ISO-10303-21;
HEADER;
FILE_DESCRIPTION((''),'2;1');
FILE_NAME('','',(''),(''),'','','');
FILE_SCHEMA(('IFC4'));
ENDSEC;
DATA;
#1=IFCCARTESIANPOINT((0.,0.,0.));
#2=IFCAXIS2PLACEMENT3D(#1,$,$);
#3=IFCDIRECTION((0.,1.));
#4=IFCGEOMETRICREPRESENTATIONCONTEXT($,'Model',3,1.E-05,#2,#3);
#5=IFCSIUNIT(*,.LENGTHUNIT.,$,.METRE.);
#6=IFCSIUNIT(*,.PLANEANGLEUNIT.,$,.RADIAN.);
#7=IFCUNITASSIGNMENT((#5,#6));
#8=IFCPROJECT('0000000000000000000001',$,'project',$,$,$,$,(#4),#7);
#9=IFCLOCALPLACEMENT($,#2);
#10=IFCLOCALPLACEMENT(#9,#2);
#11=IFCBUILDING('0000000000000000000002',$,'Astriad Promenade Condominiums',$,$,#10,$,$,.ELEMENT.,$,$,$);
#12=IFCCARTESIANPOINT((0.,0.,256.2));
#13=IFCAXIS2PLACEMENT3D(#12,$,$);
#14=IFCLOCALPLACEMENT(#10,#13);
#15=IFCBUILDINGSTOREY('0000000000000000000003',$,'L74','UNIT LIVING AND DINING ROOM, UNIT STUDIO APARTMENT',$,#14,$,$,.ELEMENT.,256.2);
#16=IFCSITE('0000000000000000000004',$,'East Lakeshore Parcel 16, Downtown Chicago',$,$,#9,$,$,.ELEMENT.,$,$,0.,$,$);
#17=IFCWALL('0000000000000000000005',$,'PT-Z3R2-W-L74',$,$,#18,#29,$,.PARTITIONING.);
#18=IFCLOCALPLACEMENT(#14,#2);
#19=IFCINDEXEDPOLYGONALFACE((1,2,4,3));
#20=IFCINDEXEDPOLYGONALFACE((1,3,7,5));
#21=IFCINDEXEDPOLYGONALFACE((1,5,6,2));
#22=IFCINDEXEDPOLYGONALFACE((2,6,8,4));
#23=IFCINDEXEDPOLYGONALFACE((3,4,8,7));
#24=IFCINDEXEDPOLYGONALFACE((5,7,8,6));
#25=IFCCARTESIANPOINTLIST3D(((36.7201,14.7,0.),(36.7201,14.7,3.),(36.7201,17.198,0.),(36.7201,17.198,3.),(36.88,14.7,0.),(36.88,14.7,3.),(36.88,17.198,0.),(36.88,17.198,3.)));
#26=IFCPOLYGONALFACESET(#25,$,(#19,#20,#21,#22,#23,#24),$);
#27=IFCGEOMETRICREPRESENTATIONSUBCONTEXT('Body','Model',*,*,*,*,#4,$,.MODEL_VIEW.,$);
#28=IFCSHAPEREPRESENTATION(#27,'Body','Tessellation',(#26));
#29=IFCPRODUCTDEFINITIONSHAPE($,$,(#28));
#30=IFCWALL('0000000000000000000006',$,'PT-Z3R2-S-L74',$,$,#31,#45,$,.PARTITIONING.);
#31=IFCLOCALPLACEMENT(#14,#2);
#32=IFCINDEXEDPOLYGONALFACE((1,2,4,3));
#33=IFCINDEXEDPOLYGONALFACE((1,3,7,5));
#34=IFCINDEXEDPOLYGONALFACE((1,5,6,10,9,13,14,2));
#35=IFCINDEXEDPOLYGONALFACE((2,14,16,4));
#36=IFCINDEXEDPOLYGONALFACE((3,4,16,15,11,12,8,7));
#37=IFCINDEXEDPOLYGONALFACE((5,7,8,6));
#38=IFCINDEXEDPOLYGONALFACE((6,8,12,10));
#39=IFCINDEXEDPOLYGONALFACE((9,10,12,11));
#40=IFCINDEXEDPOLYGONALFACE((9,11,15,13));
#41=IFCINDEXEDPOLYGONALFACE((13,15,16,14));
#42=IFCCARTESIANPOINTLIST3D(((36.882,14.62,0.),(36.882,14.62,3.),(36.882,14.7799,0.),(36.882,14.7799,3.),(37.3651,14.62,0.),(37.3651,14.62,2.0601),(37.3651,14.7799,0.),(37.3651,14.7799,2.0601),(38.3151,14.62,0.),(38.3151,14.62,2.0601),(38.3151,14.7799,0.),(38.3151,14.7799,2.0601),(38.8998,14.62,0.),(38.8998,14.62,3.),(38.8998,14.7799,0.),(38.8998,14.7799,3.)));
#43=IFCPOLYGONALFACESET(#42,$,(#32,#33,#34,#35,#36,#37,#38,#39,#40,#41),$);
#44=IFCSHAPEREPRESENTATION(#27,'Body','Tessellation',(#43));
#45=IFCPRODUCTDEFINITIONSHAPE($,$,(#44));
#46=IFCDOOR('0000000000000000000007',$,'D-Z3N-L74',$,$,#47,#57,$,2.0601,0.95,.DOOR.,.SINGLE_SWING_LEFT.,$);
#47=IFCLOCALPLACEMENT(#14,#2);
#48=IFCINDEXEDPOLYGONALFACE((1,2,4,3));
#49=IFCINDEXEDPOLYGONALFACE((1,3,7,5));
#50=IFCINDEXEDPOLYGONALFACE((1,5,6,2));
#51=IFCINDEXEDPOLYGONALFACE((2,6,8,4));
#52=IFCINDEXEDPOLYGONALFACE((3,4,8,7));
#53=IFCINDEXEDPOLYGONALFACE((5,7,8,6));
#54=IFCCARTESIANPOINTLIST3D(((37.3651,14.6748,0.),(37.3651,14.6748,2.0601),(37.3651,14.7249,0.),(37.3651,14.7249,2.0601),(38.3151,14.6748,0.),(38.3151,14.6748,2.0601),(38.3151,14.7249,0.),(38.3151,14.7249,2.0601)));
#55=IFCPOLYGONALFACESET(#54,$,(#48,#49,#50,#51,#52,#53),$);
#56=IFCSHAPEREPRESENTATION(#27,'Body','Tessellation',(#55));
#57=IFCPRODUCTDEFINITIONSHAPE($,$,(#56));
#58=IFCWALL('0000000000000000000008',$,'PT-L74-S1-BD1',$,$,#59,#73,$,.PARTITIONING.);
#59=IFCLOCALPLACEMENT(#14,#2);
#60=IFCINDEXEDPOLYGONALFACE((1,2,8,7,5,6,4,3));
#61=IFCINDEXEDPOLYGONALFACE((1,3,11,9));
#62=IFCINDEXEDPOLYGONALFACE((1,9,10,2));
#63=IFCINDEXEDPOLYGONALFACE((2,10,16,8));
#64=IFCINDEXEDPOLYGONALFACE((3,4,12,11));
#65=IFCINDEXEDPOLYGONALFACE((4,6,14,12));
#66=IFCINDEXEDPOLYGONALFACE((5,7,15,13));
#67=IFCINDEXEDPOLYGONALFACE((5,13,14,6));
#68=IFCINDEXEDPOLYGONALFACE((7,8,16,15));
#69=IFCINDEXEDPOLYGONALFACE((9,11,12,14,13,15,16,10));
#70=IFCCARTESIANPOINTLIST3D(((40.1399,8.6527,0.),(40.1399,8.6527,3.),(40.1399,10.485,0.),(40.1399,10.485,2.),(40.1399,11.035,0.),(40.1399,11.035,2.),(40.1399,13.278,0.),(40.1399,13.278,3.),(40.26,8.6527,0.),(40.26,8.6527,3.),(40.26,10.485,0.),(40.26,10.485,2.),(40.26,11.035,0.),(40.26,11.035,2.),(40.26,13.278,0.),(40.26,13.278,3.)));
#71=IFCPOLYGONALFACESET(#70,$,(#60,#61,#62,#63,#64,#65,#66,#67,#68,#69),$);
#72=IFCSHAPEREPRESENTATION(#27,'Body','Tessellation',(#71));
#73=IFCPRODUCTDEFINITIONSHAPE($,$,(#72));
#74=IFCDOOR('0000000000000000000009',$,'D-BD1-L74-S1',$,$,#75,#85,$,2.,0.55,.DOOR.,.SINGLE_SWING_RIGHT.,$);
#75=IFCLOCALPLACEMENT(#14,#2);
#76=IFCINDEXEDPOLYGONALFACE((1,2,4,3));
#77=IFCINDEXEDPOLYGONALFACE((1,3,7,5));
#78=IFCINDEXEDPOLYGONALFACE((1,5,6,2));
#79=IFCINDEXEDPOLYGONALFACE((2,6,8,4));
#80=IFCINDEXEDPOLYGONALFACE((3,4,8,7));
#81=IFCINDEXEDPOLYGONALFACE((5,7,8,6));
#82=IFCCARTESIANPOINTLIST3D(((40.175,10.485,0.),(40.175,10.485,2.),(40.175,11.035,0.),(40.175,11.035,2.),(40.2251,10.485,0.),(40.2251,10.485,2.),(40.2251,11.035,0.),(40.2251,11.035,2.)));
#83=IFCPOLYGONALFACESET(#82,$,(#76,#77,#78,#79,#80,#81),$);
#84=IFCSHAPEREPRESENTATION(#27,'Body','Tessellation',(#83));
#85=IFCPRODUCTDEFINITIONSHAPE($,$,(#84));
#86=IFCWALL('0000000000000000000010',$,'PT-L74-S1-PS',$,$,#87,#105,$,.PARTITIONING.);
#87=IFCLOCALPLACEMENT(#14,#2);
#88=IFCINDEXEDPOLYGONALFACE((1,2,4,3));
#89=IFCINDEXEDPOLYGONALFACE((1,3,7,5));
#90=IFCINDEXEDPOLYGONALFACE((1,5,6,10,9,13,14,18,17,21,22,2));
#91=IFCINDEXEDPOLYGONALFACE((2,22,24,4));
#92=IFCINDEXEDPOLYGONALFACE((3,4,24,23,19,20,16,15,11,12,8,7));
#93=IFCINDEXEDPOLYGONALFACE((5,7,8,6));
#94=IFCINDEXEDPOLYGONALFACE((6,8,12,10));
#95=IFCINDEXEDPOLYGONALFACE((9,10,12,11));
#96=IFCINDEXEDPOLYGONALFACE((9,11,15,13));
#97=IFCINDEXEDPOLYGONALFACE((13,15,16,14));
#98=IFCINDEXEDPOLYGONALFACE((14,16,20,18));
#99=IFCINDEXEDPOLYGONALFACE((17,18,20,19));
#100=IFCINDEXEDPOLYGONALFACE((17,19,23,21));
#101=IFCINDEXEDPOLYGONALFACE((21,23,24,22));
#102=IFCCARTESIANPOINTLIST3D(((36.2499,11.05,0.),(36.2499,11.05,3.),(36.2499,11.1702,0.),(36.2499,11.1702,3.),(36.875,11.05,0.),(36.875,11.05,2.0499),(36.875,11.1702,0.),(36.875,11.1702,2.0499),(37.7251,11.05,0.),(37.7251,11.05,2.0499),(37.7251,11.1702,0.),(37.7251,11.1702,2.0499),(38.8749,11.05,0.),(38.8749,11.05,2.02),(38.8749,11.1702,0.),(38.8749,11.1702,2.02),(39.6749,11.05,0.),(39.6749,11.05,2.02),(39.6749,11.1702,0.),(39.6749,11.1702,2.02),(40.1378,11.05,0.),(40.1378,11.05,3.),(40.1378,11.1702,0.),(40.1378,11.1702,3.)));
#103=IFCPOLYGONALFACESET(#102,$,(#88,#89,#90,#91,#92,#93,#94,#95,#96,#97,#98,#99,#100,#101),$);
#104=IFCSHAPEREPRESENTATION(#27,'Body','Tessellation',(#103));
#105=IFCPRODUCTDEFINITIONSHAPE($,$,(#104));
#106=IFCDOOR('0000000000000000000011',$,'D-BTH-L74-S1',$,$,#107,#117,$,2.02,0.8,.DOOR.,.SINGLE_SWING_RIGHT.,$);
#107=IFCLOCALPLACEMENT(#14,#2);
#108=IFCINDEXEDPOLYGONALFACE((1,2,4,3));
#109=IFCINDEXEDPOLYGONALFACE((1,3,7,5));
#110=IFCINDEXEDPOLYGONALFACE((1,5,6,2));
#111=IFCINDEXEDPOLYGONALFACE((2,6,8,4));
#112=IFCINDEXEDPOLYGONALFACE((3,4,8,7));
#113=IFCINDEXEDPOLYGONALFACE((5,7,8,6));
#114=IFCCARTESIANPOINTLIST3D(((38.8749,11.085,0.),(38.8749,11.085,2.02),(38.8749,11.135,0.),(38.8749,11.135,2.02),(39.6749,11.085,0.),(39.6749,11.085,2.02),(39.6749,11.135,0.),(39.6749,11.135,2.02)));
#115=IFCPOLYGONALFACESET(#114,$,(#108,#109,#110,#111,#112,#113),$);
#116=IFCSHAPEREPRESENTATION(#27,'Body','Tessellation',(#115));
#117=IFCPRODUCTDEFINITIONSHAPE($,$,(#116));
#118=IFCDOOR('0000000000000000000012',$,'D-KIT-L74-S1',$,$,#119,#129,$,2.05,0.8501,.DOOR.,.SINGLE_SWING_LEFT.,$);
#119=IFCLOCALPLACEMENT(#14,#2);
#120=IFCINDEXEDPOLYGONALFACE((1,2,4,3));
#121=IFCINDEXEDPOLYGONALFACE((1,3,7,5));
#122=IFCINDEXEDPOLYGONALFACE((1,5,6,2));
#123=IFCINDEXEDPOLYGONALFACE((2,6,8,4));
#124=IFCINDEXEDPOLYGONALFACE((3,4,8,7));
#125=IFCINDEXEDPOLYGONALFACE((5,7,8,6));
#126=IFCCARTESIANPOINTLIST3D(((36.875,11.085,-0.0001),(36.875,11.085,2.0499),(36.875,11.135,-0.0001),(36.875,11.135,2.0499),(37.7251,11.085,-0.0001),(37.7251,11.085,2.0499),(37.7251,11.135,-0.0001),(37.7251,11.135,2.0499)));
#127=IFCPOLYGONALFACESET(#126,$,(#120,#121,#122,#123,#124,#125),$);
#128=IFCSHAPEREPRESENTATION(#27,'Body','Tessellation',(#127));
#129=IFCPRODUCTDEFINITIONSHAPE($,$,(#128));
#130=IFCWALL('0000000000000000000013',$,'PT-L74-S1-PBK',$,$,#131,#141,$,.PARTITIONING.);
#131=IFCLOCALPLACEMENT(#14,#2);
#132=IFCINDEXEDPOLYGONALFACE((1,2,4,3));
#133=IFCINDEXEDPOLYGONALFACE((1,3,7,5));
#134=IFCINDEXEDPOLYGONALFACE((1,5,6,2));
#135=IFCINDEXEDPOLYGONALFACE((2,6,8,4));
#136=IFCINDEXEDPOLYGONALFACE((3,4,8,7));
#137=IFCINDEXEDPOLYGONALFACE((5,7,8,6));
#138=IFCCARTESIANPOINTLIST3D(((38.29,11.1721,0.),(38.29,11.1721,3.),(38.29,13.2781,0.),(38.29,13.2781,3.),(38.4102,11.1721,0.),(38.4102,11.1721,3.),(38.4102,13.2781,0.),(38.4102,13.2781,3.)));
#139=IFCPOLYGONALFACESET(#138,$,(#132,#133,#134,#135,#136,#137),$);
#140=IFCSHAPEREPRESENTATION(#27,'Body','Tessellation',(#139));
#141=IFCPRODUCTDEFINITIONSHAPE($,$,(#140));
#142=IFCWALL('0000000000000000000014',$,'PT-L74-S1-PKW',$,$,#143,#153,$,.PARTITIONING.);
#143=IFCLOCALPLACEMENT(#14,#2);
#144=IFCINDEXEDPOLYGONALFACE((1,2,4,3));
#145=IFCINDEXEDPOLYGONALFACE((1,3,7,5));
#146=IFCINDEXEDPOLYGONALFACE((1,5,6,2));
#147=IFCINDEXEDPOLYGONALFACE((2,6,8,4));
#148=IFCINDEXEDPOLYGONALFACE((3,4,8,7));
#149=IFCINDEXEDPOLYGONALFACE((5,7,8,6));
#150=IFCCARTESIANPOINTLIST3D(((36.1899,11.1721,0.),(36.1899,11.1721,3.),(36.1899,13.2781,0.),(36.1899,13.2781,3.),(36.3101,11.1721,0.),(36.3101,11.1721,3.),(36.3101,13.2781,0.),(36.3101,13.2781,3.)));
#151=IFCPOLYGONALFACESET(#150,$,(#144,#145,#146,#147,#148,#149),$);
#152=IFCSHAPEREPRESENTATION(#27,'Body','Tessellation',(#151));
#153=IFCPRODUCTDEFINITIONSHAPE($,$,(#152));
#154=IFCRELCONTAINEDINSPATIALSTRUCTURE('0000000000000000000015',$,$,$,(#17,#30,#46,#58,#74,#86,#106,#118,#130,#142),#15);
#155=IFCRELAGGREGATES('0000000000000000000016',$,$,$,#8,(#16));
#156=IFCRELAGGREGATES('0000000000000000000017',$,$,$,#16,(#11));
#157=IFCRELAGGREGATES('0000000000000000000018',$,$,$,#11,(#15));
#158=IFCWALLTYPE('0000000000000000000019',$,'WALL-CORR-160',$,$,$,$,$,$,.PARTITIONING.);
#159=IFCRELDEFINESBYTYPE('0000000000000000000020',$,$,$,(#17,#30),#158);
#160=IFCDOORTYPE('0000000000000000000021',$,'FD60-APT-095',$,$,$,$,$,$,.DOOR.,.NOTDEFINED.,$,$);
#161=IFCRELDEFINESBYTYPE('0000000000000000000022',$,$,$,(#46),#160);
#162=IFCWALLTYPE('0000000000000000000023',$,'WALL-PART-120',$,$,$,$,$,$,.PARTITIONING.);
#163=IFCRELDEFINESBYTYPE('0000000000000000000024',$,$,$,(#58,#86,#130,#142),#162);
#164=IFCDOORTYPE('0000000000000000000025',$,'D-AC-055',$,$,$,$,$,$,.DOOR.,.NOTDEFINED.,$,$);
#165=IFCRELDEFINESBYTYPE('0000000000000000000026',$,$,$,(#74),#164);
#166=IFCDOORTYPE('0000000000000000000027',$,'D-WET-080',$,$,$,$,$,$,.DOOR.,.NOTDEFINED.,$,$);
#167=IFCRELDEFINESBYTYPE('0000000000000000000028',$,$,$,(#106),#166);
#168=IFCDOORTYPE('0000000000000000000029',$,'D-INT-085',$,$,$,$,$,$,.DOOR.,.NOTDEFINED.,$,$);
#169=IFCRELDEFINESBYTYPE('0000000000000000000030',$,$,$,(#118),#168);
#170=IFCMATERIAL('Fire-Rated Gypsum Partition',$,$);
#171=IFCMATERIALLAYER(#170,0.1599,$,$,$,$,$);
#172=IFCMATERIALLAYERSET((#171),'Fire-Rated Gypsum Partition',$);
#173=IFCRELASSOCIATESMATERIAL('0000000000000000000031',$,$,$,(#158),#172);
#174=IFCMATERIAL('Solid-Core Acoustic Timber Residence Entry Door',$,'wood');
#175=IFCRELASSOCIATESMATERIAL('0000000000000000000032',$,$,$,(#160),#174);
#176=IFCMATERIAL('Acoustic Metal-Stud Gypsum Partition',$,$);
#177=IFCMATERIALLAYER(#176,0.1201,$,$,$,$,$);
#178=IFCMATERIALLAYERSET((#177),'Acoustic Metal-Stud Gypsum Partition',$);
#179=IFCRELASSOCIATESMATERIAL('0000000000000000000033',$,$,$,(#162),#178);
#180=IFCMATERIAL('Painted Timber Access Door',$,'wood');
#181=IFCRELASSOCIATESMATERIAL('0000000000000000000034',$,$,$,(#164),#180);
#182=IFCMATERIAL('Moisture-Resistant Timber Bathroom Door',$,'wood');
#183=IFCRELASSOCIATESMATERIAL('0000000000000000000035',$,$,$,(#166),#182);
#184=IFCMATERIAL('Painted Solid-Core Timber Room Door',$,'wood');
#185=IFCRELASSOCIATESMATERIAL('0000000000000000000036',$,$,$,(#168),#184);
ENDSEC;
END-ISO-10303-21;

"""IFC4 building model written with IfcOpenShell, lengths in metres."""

from ifc_helpers import new_model, si_unit, direction, frame, frame_2d, origin, place, context, subcontext, project, spatial, rectangle, extrude, source, transform, mapped, material, layer, layer_set, type_object, type_shapes, element, fill, save


model = new_model("IFC4")

# Units and contexts
model_context = context("Model", 3, precision=1e-05, world=origin(), true_north=direction((0.0, 1.0)))
body_context = subcontext(model_context, "Body", "Model", "MODEL_VIEW")
ifc_project = project(units=[si_unit("LENGTHUNIT", "METRE"), si_unit("PLANEANGLEUNIT", "RADIAN")], contexts=[model_context])

# Site, building, storey
site_placement = place(None, origin())
site = spatial("IfcSite", under=ifc_project, at=site_placement, Name="East Lakeshore Parcel 16, Downtown Chicago", CompositionType="ELEMENT", RefElevation=0.0)
building_placement = place(site_placement, origin())
building = spatial("IfcBuilding", under=site, at=building_placement, Name="Astriad Promenade Condominiums", CompositionType="ELEMENT")
storey_placement = place(building_placement, frame((0.0, 0.0, 256.2)))
storey = spatial("IfcBuildingStorey", under=building, at=storey_placement, Name="L74", Description="UNIT LIVING AND DINING ROOM, UNIT STUDIO APARTMENT", CompositionType="ELEMENT", Elevation=256.2)

# Wall
ifc_material_1 = material(Name="Fire-Rated Gypsum Partition")
ifc_layer_1 = layer(ifc_material_1, 0.1599)
ifc_layer_set_1 = layer_set([ifc_layer_1], Name="Fire-Rated Gypsum Partition")
wall_type_1 = type_object("IfcWallType", Name="WALL-CORR-160", PredefinedType="PARTITIONING", material=ifc_layer_set_1)
wall_1_placement = place(storey_placement, frame((36.8, 14.7, 0.0), z_axis=(0.0, 0.0, 1.0), x_axis=(0.0, 1.0, 0.0)))
element("IfcWall", 1, at=wall_1_placement, inside=storey, type_object=wall_type_1, Name="PT-Z3R2-W-L74", PredefinedType="PARTITIONING", context=body_context, shape_type="SweptSolid", body=[
    extrude(rectangle(XDim=2.498, YDim=0.1599, at=frame_2d((1.249, 0.0))), origin(), (0.0, 0.0, 1.0), 3.0),
])

# Walls, openings, doors
wall_2_placement = place(storey_placement, frame((36.8821, 14.7, 0.0), z_axis=(0.0, 0.0, 1.0), x_axis=(1.0, 0.0, 0.0)))
wall_2 = element("IfcWall", 2, at=wall_2_placement, inside=storey, type_object=wall_type_1, Name="PT-Z3R2-S-L74", PredefinedType="PARTITIONING", context=body_context, shape_type="SweptSolid", body=[
    extrude(rectangle(XDim=2.0178, YDim=0.1599, at=frame_2d((1.0088, 0.0))), origin(), (0.0, 0.0, 1.0), 3.0),
])
opening_1_placement = place(wall_2_placement, frame((0.4829, 0.0, 0.0)))
opening_1 = element("IfcOpeningElement", 3, at=opening_1_placement, cuts=wall_2, PredefinedType="OPENING", context=body_context, shape_type="SweptSolid", body=[
    extrude(rectangle(XDim=0.95, YDim=2.0601, at=frame_2d((0.4751, 1.03))), frame((0.0, 0.0898, 0.0), z_axis=(0.0, -1.0, 0.0), x_axis=(1.0, 0.0, 0.0)), (0.0, 0.0, 1.0), 0.1799),
])
ifc_material_2 = material(Name="Solid-Core Acoustic Timber Residence Entry Door", Category="wood")
door_type_1 = type_object("IfcDoorType", Name="FD60-APT-095", OperationType="NOTDEFINED", PredefinedType="DOOR", material=ifc_material_2)
shared_shape_1 = source(origin(), body_context, "Body", "SweptSolid", [
    extrude(rectangle(XDim=0.95, YDim=2.0601, at=frame_2d((0.4751, 1.03))), frame((0.0, 0.0249, 0.0), z_axis=(0.0, -1.0, 0.0), x_axis=(1.0, 0.0, 0.0)), (0.0, 0.0, 1.0), 0.05),
])
type_shapes(door_type_1, [shared_shape_1])
door_1_placement = place(opening_1_placement, origin())
door_1 = element("IfcDoor", 4, at=door_1_placement, inside=storey, type_object=door_type_1, Name="D-Z3N-L74", OperationType="SINGLE_SWING_LEFT", OverallHeight=2.0601, OverallWidth=0.95, PredefinedType="DOOR", context=body_context, shape_type="MappedRepresentation", body=[
    mapped(shared_shape_1, transform((0.0, 0.0, 0.0), scale=1.0)),
])
fill(opening_1, door_1)
ifc_material_3 = material(Name="Acoustic Metal-Stud Gypsum Partition")
ifc_layer_2 = layer(ifc_material_3, 0.1201)
ifc_layer_set_2 = layer_set([ifc_layer_2], Name="Acoustic Metal-Stud Gypsum Partition")
wall_type_2 = type_object("IfcWallType", Name="WALL-PART-120", PredefinedType="PARTITIONING", material=ifc_layer_set_2)
wall_3_placement = place(storey_placement, frame((40.2, 8.6528, 0.0), z_axis=(0.0, 0.0, 1.0), x_axis=(0.0, 1.0, 0.0)))
wall_3 = element("IfcWall", 5, at=wall_3_placement, inside=storey, type_object=wall_type_2, Name="PT-L74-S1-BD1", PredefinedType="PARTITIONING", context=body_context, shape_type="SweptSolid", body=[
    extrude(rectangle(XDim=4.6252, YDim=0.1201, at=frame_2d((2.3125, 0.0))), origin(), (0.0, 0.0, 1.0), 3.0),
])
opening_2_placement = place(wall_3_placement, frame((1.8323, 0.0, 0.0)))
opening_2 = element("IfcOpeningElement", 6, at=opening_2_placement, cuts=wall_3, PredefinedType="OPENING", context=body_context, shape_type="SweptSolid", body=[
    extrude(rectangle(XDim=0.55, YDim=2.0, at=frame_2d((0.2749, 1.0))), frame((0.0, 0.0701, 0.0), z_axis=(0.0, -1.0, 0.0), x_axis=(1.0, 0.0, 0.0)), (0.0, 0.0, 1.0), 0.1401),
])
ifc_material_4 = material(Name="Painted Timber Access Door", Category="wood")
door_type_2 = type_object("IfcDoorType", Name="D-AC-055", OperationType="NOTDEFINED", PredefinedType="DOOR", material=ifc_material_4)
shared_shape_2 = source(origin(), body_context, "Body", "SweptSolid", [
    extrude(rectangle(XDim=0.55, YDim=2.0, at=frame_2d((0.2749, 1.0))), frame((0.0, 0.0249, 0.0), z_axis=(0.0, -1.0, 0.0), x_axis=(1.0, 0.0, 0.0)), (0.0, 0.0, 1.0), 0.05),
])
type_shapes(door_type_2, [shared_shape_2])
door_2_placement = place(opening_2_placement, origin())
door_2 = element("IfcDoor", 7, at=door_2_placement, inside=storey, type_object=door_type_2, Name="D-BD1-L74-S1", OperationType="SINGLE_SWING_RIGHT", OverallHeight=2.0, OverallWidth=0.55, PredefinedType="DOOR", context=body_context, shape_type="MappedRepresentation", body=[
    mapped(shared_shape_2, transform((0.0, 0.0, 0.0), scale=1.0)),
])
fill(opening_2, door_2)

# Wall, openings, doors
wall_4_placement = place(storey_placement, frame((36.25, 11.1101, 0.0), z_axis=(0.0, 0.0, 1.0), x_axis=(1.0, 0.0, 0.0)))
wall_4 = element("IfcWall", 8, at=wall_4_placement, inside=storey, type_object=wall_type_2, Name="PT-L74-S1-PS", PredefinedType="PARTITIONING", context=body_context, shape_type="SweptSolid", body=[
    extrude(rectangle(XDim=3.8879, YDim=0.1201, at=frame_2d((1.9438, 0.0))), origin(), (0.0, 0.0, 1.0), 3.0),
])
opening_3_placement = place(wall_4_placement, frame((0.625, 0.0, 0.0)))
opening_3 = element("IfcOpeningElement", 9, at=opening_3_placement, cuts=wall_4, PredefinedType="OPENING", context=body_context, shape_type="SweptSolid", body=[
    extrude(rectangle(XDim=0.8501, YDim=2.05, at=frame_2d((0.425, 1.0249))), frame((0.0, 0.0701, 0.0), z_axis=(0.0, -1.0, 0.0), x_axis=(1.0, 0.0, 0.0)), (0.0, 0.0, 1.0), 0.1401),
])
opening_4_placement = place(wall_4_placement, frame((2.625, 0.0, 0.0)))
opening_4 = element("IfcOpeningElement", 10, at=opening_4_placement, cuts=wall_4, PredefinedType="OPENING", context=body_context, shape_type="SweptSolid", body=[
    extrude(rectangle(XDim=0.8, YDim=2.02, at=frame_2d((0.3999, 1.01))), frame((0.0, 0.0701, 0.0), z_axis=(0.0, -1.0, 0.0), x_axis=(1.0, 0.0, 0.0)), (0.0, 0.0, 1.0), 0.1401),
])
ifc_material_5 = material(Name="Moisture-Resistant Timber Bathroom Door", Category="wood")
door_type_3 = type_object("IfcDoorType", Name="D-WET-080", OperationType="NOTDEFINED", PredefinedType="DOOR", material=ifc_material_5)
shared_shape_3 = source(origin(), body_context, "Body", "SweptSolid", [
    extrude(rectangle(XDim=0.8, YDim=2.02, at=frame_2d((0.3999, 1.01))), frame((0.0, 0.0249, 0.0), z_axis=(0.0, -1.0, 0.0), x_axis=(1.0, 0.0, 0.0)), (0.0, 0.0, 1.0), 0.05),
])
type_shapes(door_type_3, [shared_shape_3])
door_3_placement = place(opening_4_placement, origin())
door_3 = element("IfcDoor", 11, at=door_3_placement, inside=storey, type_object=door_type_3, Name="D-BTH-L74-S1", OperationType="SINGLE_SWING_RIGHT", OverallHeight=2.02, OverallWidth=0.8, PredefinedType="DOOR", context=body_context, shape_type="MappedRepresentation", body=[
    mapped(shared_shape_3, transform((0.0, 0.0, 0.0), scale=1.0)),
])
fill(opening_4, door_3)
ifc_material_6 = material(Name="Painted Solid-Core Timber Room Door", Category="wood")
door_type_4 = type_object("IfcDoorType", Name="D-INT-085", OperationType="NOTDEFINED", PredefinedType="DOOR", material=ifc_material_6)
shared_shape_4 = source(origin(), body_context, "Body", "SweptSolid", [
    extrude(rectangle(XDim=0.8501, YDim=2.05, at=frame_2d((0.425, 1.0249))), frame((0.0, 0.0249, 0.0), z_axis=(0.0, -1.0, 0.0), x_axis=(1.0, 0.0, 0.0)), (0.0, 0.0, 1.0), 0.05),
])
type_shapes(door_type_4, [shared_shape_4])
door_4_placement = place(opening_3_placement, origin())
door_4 = element("IfcDoor", 12, at=door_4_placement, inside=storey, type_object=door_type_4, Name="D-KIT-L74-S1", OperationType="SINGLE_SWING_LEFT", OverallHeight=2.05, OverallWidth=0.8501, PredefinedType="DOOR", context=body_context, shape_type="MappedRepresentation", body=[
    mapped(shared_shape_4, transform((0.0, 0.0, 0.0), scale=1.0)),
])
fill(opening_3, door_4)

# Walls
for number, where, z_axis, x_axis, name in (
    (13, (38.3501, 11.1721, 0.0), (0.0, 0.0, 1.0), (0.0, 1.0, 0.0), "PT-L74-S1-PBK"),
    (14, (36.25, 11.1721, 0.0), (0.0, 0.0, 1.0), (0.0, 1.0, 0.0), "PT-L74-S1-PKW"),
):
    element("IfcWall", number, at=place(storey_placement, frame(where, z_axis=z_axis, x_axis=x_axis)), inside=storey, type_object=wall_type_2, Name=name, PredefinedType="PARTITIONING", context=body_context, shape_type="SweptSolid", body=[
        extrude(rectangle(XDim=2.106, YDim=0.1201, at=frame_2d((1.053, 0.0))), origin(), (0.0, 0.0, 1.0), 3.0),
    ])

save(model, "model.ifc")
